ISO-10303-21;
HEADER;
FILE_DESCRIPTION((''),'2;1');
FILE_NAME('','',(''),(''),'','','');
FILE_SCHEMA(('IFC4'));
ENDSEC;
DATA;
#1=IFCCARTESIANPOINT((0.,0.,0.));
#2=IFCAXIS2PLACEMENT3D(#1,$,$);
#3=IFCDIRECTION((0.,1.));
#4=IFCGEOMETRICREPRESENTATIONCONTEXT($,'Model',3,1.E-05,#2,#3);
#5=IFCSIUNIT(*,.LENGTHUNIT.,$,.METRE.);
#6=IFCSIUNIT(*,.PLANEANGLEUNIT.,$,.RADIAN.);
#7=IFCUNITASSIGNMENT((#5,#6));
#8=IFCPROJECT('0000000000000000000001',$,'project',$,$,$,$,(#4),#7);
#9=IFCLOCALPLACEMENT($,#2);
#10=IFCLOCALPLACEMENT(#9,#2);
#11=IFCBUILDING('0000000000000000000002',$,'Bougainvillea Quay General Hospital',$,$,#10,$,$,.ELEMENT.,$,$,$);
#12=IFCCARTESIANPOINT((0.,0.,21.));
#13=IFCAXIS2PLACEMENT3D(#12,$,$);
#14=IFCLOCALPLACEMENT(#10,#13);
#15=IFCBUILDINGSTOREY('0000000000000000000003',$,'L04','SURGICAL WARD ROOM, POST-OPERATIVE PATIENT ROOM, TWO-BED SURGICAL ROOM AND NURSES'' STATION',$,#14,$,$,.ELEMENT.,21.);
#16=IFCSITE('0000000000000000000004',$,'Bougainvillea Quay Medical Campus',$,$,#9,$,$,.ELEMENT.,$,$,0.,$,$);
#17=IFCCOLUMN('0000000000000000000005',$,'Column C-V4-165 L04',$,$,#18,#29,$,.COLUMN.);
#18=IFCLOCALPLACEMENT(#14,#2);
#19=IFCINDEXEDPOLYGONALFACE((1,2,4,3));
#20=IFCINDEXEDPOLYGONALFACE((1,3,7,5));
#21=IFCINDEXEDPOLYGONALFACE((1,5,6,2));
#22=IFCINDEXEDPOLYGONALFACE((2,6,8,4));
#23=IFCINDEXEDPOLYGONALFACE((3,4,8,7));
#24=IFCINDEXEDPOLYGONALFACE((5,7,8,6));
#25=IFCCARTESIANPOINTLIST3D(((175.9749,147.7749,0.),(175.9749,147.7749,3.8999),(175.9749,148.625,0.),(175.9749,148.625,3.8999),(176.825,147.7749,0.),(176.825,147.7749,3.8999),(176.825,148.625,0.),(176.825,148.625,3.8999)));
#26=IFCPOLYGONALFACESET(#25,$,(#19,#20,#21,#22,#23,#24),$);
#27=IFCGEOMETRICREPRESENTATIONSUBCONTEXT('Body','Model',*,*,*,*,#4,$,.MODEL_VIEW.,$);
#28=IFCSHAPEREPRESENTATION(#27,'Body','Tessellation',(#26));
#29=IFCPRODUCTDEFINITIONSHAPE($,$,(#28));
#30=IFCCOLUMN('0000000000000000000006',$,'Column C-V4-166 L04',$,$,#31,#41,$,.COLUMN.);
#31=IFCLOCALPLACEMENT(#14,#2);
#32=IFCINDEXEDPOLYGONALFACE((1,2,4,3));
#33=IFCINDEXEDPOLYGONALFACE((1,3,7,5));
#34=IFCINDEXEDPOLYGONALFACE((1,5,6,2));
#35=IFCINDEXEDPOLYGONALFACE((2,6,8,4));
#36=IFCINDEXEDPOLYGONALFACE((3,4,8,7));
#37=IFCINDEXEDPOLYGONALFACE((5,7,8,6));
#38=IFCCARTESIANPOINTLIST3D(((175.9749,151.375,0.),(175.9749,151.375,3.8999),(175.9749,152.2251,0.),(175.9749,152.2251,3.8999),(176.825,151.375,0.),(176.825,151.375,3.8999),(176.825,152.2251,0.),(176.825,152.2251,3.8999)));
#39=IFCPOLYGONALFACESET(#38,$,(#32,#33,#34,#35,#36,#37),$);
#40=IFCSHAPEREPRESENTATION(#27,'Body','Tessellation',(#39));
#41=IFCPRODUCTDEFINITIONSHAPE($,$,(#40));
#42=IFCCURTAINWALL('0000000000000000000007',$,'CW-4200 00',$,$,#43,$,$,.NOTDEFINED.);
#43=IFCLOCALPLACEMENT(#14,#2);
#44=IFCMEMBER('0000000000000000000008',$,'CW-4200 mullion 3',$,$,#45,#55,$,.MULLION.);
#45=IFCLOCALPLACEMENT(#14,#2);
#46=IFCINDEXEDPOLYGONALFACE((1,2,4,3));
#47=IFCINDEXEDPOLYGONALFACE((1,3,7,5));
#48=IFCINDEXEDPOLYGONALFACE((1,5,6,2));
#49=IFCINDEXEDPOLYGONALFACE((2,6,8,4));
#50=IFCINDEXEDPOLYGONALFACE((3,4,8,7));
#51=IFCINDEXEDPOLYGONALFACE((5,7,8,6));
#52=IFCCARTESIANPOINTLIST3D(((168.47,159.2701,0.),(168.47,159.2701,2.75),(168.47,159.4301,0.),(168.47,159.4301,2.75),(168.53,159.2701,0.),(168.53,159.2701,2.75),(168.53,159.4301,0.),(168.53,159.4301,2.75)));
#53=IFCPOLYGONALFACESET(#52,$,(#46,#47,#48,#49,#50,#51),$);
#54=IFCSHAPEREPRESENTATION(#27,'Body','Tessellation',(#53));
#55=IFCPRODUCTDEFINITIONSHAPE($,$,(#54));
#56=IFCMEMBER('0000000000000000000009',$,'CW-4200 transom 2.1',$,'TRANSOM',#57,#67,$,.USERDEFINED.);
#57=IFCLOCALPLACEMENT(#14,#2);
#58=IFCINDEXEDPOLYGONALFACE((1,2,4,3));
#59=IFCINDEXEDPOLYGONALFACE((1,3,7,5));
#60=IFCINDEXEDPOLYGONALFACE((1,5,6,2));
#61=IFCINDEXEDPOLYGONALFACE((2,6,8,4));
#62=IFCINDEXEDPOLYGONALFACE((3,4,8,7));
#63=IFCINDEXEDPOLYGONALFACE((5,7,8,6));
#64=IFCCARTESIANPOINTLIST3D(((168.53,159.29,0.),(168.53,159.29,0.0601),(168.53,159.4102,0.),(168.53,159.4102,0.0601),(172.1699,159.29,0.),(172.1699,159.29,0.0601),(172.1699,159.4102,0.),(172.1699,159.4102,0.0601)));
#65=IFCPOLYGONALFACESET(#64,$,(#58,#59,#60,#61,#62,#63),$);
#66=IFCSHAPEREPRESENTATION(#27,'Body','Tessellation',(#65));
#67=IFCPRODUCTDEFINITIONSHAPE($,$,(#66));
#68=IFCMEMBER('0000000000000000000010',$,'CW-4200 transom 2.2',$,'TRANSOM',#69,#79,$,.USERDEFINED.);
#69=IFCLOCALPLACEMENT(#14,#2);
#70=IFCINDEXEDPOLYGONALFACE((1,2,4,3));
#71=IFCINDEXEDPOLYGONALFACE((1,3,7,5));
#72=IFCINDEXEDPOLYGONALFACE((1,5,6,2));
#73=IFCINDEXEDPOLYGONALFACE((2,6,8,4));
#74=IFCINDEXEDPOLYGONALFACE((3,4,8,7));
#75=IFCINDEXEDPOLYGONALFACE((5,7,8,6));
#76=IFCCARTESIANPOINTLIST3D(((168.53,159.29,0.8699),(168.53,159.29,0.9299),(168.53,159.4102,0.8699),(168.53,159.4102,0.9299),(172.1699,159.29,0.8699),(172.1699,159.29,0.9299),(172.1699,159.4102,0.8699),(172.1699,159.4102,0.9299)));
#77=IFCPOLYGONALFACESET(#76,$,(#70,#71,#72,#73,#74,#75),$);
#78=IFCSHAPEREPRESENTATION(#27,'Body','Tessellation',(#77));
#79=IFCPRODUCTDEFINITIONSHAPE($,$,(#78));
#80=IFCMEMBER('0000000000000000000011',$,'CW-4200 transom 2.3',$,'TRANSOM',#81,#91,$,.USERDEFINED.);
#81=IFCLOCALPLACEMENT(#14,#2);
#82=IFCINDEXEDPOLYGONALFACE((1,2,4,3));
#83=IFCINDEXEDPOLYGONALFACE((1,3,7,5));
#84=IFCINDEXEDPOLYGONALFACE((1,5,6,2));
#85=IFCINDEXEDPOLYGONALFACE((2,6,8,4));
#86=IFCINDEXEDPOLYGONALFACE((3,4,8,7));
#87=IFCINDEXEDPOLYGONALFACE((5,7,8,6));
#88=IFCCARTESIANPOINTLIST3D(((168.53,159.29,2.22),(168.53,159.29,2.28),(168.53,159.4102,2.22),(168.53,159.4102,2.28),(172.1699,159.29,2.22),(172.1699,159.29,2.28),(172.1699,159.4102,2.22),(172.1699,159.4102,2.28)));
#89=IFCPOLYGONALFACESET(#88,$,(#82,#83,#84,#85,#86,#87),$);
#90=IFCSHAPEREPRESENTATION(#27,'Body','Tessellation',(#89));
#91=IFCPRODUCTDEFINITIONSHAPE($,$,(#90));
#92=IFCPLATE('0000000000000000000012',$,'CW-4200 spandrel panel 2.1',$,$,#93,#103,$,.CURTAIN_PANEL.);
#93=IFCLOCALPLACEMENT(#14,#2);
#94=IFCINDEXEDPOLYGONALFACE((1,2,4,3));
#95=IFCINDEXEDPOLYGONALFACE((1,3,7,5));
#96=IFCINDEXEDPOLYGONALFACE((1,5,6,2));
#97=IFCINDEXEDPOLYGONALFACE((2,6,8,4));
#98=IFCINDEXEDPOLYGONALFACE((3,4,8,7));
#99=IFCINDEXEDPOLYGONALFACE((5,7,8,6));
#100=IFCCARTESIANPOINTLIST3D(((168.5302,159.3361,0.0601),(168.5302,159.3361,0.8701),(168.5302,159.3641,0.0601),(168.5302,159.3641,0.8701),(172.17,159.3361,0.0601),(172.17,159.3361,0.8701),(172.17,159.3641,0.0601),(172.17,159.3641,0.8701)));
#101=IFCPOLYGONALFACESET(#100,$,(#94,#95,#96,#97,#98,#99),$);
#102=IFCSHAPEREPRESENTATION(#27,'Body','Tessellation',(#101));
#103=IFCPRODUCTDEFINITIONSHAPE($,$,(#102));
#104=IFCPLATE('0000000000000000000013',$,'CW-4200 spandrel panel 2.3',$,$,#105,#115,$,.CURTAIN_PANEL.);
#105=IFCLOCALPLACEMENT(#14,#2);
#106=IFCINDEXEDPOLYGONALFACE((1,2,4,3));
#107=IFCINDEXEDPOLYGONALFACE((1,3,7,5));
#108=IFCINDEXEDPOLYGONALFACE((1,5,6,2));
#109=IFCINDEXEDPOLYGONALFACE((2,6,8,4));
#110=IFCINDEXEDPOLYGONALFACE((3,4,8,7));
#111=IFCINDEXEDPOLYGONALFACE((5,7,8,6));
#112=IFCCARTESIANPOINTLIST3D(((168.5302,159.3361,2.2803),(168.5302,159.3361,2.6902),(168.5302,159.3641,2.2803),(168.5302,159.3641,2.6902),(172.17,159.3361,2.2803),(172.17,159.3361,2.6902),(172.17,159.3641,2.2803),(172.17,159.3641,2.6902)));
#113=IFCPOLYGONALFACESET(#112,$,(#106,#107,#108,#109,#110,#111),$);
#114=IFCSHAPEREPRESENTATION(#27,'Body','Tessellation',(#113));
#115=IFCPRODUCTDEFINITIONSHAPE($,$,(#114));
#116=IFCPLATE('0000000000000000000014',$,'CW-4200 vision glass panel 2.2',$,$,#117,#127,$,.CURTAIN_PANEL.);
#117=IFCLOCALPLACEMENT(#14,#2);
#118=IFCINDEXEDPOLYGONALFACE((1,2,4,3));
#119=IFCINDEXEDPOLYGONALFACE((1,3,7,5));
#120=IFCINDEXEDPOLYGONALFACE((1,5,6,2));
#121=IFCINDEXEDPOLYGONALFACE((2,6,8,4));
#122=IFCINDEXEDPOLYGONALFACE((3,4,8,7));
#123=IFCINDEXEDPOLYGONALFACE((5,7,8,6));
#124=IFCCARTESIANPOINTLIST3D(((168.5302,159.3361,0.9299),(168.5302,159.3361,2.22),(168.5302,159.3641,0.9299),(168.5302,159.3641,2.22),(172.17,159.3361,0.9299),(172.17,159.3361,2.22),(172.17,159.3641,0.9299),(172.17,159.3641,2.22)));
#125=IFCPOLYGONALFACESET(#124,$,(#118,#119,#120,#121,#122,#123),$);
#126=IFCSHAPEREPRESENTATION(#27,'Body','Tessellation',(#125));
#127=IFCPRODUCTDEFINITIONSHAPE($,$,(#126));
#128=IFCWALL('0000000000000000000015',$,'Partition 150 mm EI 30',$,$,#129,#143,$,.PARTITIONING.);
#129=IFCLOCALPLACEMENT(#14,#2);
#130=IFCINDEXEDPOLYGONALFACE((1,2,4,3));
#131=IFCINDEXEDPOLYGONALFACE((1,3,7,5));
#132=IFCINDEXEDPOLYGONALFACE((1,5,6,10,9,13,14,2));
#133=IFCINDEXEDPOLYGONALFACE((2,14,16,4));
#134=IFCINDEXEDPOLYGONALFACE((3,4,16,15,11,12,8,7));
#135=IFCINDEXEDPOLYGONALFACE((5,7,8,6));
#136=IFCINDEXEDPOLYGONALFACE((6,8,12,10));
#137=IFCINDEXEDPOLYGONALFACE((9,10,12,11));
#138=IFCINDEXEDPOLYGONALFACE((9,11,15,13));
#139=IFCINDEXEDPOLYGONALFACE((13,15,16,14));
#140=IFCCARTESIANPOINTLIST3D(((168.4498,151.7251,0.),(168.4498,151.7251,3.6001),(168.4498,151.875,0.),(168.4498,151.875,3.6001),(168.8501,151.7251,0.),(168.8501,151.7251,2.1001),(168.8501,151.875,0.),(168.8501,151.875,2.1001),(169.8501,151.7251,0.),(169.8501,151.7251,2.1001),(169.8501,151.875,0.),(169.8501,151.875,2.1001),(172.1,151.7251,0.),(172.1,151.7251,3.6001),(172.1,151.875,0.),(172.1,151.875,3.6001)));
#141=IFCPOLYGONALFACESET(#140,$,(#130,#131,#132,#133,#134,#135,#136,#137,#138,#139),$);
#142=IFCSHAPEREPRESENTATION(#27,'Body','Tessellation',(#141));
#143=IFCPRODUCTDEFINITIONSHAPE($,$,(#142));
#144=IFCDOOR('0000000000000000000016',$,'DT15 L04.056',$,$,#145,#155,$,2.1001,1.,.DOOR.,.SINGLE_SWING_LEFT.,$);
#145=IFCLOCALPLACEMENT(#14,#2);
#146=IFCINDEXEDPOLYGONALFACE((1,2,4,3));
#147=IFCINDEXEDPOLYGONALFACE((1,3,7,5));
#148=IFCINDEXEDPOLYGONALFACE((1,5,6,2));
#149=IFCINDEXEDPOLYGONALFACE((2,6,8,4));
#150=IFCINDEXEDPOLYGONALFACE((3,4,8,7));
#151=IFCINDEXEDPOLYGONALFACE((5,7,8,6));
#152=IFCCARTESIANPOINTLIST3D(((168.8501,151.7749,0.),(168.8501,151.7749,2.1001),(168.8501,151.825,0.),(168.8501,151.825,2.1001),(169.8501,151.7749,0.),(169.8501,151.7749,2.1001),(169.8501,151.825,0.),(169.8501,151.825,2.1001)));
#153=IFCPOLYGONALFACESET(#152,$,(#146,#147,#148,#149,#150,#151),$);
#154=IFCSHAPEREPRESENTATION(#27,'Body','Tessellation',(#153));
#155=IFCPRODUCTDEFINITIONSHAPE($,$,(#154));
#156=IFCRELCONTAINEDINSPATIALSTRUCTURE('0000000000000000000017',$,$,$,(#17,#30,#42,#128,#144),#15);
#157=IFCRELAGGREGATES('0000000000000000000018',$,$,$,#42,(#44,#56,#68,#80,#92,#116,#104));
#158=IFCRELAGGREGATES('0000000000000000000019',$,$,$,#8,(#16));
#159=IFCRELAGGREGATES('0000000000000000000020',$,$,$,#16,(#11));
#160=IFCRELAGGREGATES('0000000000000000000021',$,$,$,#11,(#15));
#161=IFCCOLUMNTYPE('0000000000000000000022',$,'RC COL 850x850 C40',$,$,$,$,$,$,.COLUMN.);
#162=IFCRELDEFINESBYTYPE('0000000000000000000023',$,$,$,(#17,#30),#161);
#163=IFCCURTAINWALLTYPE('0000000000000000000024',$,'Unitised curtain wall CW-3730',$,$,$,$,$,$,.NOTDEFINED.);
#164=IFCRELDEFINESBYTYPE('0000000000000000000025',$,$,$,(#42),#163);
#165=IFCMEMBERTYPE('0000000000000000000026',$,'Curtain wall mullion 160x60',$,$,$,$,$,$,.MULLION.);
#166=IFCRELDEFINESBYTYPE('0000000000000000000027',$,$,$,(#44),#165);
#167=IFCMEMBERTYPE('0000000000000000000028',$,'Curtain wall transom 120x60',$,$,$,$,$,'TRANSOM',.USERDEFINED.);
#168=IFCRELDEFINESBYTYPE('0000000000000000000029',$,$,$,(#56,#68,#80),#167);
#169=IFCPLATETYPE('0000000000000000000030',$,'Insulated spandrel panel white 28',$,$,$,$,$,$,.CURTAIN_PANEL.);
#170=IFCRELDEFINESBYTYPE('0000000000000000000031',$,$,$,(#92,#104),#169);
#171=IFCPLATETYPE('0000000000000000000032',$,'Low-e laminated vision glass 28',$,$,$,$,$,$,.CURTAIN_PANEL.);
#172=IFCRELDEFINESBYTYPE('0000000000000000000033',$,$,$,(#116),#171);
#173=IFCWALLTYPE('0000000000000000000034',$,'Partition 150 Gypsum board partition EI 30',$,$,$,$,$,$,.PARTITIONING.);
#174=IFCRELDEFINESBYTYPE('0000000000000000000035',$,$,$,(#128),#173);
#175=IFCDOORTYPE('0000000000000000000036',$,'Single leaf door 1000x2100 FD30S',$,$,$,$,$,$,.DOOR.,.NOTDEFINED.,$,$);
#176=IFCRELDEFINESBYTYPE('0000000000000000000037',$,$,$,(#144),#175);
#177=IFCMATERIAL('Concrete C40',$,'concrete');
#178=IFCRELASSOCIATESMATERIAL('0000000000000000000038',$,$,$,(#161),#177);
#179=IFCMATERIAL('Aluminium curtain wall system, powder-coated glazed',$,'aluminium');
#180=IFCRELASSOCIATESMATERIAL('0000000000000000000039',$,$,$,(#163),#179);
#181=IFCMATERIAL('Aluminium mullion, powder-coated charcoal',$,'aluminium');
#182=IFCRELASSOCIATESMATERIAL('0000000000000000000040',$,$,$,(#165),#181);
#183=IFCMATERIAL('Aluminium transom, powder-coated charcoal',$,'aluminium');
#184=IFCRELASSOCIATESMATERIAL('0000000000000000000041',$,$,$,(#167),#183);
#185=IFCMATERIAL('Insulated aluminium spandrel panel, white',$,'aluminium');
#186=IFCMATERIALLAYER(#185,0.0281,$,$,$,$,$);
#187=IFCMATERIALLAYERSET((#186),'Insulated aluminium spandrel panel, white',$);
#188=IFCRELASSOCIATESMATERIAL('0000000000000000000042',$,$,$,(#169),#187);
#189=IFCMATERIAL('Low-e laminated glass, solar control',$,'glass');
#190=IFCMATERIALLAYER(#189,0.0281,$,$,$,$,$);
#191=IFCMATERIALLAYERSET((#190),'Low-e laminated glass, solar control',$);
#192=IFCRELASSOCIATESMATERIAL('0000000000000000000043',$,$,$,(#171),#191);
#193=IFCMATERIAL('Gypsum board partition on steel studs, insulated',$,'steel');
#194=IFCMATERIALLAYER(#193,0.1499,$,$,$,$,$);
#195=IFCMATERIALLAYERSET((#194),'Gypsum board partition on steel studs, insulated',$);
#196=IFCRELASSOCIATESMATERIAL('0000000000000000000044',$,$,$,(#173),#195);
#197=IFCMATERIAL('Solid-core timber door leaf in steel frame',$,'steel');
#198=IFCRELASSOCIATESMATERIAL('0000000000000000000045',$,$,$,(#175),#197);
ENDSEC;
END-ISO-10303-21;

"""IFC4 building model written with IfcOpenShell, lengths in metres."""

from ifc_helpers import new_model, si_unit, direction, frame, frame_2d, origin, origin_2d, place, context, subcontext, project, spatial, rectangle, extrude, material, layer, layer_set, material_profile, profile_set, type_object, element, fill, aggregate, save


model = new_model("IFC4")

# Units and contexts
model_context = context("Model", 3, precision=1e-05, world=origin(), true_north=direction((0.0, 1.0)))
body_context = subcontext(model_context, "Body", "Model", "MODEL_VIEW")
ifc_project = project(units=[si_unit("LENGTHUNIT", "METRE"), si_unit("PLANEANGLEUNIT", "RADIAN")], contexts=[model_context])

# Site, building, storey
site_placement = place(None, origin())
site = spatial("IfcSite", under=ifc_project, at=site_placement, Name="Bougainvillea Quay Medical Campus", CompositionType="ELEMENT", RefElevation=0.0)
building_placement = place(site_placement, origin())
building = spatial("IfcBuilding", under=site, at=building_placement, Name="Bougainvillea Quay General Hospital", CompositionType="ELEMENT")
storey_placement = place(building_placement, frame((0.0, 0.0, 21.0)))
storey = spatial("IfcBuildingStorey", under=building, at=storey_placement, Name="L04", Description="SURGICAL WARD ROOM, POST-OPERATIVE PATIENT ROOM, TWO-BED SURGICAL ROOM AND NURSES' STATION", CompositionType="ELEMENT", Elevation=21.0)

# Columns
ifc_material_1 = material(Name="Concrete C40", Category="concrete")
ifc_material_profile_1 = material_profile(ifc_material_1, rectangle(XDim=0.8501, YDim=0.8501, at=origin_2d()))
ifc_profile_set_1 = profile_set([ifc_material_profile_1], Name="Concrete C40")
column_type = type_object("IfcColumnType", Name="RC COL 850x850 C40", PredefinedType="COLUMN", material=ifc_profile_set_1)
for number, where, z_axis, x_axis, name in (
    (1, (176.3999, 148.2, 0.0), (0.0, 0.0, 1.0), (1.0, 0.0, 0.0), "Column C-V4-165 L04"),
    (2, (176.3999, 151.8, 0.0), (0.0, 0.0, 1.0), (1.0, 0.0, 0.0), "Column C-V4-166 L04"),
):
    element("IfcColumn", number, at=place(storey_placement, frame(where, z_axis=z_axis, x_axis=x_axis)), inside=storey, type_object=column_type, Name=name, PredefinedType="COLUMN", context=body_context, shape_type="SweptSolid", body=[
        extrude(rectangle(XDim=0.8501, YDim=0.8501, at=origin_2d()), origin(), (0.0, 0.0, 1.0), 3.8999),
    ])

# Curtain wall, members, plates
ifc_material_2 = material(Name="Aluminium curtain wall system, powder-coated glazed", Category="aluminium")
curtain_wall_type = type_object("IfcCurtainWallType", Name="Unitised curtain wall CW-3730", PredefinedType="NOTDEFINED", material=ifc_material_2)
curtain_wall_placement = place(storey_placement, origin())
curtain_wall = element("IfcCurtainWall", 3, at=curtain_wall_placement, inside=storey, type_object=curtain_wall_type, Name="CW-4200 00", PredefinedType="NOTDEFINED")
ifc_material_3 = material(Name="Aluminium mullion, powder-coated charcoal", Category="aluminium")
ifc_material_profile_2 = material_profile(ifc_material_3, rectangle(XDim=0.1599, YDim=0.0601, at=origin_2d()))
ifc_profile_set_2 = profile_set([ifc_material_profile_2], Name="Aluminium mullion, powder-coated charcoal")
member_type_1 = type_object("IfcMemberType", Name="Curtain wall mullion 160x60", PredefinedType="MULLION", material=ifc_profile_set_2)
member_1_placement = place(storey_placement, frame((168.5, 159.3501, 0.0), z_axis=(0.0, 0.0, 1.0), x_axis=(0.0, -1.0, 0.0)))
member_1 = element("IfcMember", 4, at=member_1_placement, type_object=member_type_1, Name="CW-4200 mullion 3", PredefinedType="MULLION", context=body_context, shape_type="SweptSolid", body=[
    extrude(rectangle(XDim=0.1599, YDim=0.0601, at=origin_2d()), origin(), (0.0, 0.0, 1.0), 2.75),
])
ifc_material_4 = material(Name="Aluminium transom, powder-coated charcoal", Category="aluminium")
ifc_material_profile_3 = material_profile(ifc_material_4, rectangle(XDim=0.1201, YDim=0.0601, at=origin_2d()))
ifc_profile_set_3 = profile_set([ifc_material_profile_3], Name="Aluminium transom, powder-coated charcoal")
member_type_2 = type_object("IfcMemberType", Name="Curtain wall transom 120x60", ElementType="TRANSOM", PredefinedType="USERDEFINED", material=ifc_profile_set_3)
member_2_placement = place(storey_placement, frame((172.1699, 159.3501, 0.03), z_axis=(-1.0, 0.0, 0.0), x_axis=(0.0, -1.0, 0.0)))
member_2 = element("IfcMember", 5, at=member_2_placement, type_object=member_type_2, Name="CW-4200 transom 2.1", ObjectType="TRANSOM", PredefinedType="USERDEFINED", context=body_context, shape_type="SweptSolid", body=[
    extrude(rectangle(XDim=0.1201, YDim=0.0601, at=origin_2d()), origin(), (0.0, 0.0, 1.0), 3.6399),
])
member_3_placement = place(storey_placement, frame((172.1699, 159.3501, 0.8999), z_axis=(-1.0, 0.0, 0.0), x_axis=(0.0, -1.0, 0.0)))
member_3 = element("IfcMember", 6, at=member_3_placement, type_object=member_type_2, Name="CW-4200 transom 2.2", ObjectType="TRANSOM", PredefinedType="USERDEFINED", context=body_context, shape_type="SweptSolid", body=[
    extrude(rectangle(XDim=0.1201, YDim=0.0601, at=origin_2d()), origin(), (0.0, 0.0, 1.0), 3.6399),
])
member_4_placement = place(storey_placement, frame((172.1699, 159.3501, 2.25), z_axis=(-1.0, 0.0, 0.0), x_axis=(0.0, -1.0, 0.0)))
member_4 = element("IfcMember", 7, at=member_4_placement, type_object=member_type_2, Name="CW-4200 transom 2.3", ObjectType="TRANSOM", PredefinedType="USERDEFINED", context=body_context, shape_type="SweptSolid", body=[
    extrude(rectangle(XDim=0.1201, YDim=0.0601, at=origin_2d()), origin(), (0.0, 0.0, 1.0), 3.6399),
])
ifc_material_5 = material(Name="Insulated aluminium spandrel panel, white", Category="aluminium")
ifc_layer_1 = layer(ifc_material_5, 0.0281)
ifc_layer_set_1 = layer_set([ifc_layer_1], Name="Insulated aluminium spandrel panel, white")
plate_type_1 = type_object("IfcPlateType", Name="Insulated spandrel panel white 28", PredefinedType="CURTAIN_PANEL", material=ifc_layer_set_1)
plate_1_placement = place(storey_placement, frame((170.3501, 159.3501, 0.0601), z_axis=(0.0, 0.0, 1.0), x_axis=(-1.0, 0.0, 0.0)))
plate_1 = element("IfcPlate", 8, at=plate_1_placement, type_object=plate_type_1, Name="CW-4200 spandrel panel 2.1", PredefinedType="CURTAIN_PANEL", context=body_context, shape_type="SweptSolid", body=[
    extrude(rectangle(XDim=3.6399, YDim=0.0281, at=origin_2d()), origin(), (0.0, 0.0, 1.0), 0.8101),
])
plate_2_placement = place(storey_placement, frame((170.3501, 159.3501, 2.2803), z_axis=(0.0, 0.0, 1.0), x_axis=(-1.0, 0.0, 0.0)))
plate_2 = element("IfcPlate", 9, at=plate_2_placement, type_object=plate_type_1, Name="CW-4200 spandrel panel 2.3", PredefinedType="CURTAIN_PANEL", context=body_context, shape_type="SweptSolid", body=[
    extrude(rectangle(XDim=3.6399, YDim=0.0281, at=origin_2d()), origin(), (0.0, 0.0, 1.0), 0.4099),
])
ifc_material_6 = material(Name="Low-e laminated glass, solar control", Category="glass")
ifc_layer_2 = layer(ifc_material_6, 0.0281)
ifc_layer_set_2 = layer_set([ifc_layer_2], Name="Low-e laminated glass, solar control")
plate_type_2 = type_object("IfcPlateType", Name="Low-e laminated vision glass 28", PredefinedType="CURTAIN_PANEL", material=ifc_layer_set_2)
plate_3_placement = place(storey_placement, frame((170.3501, 159.3501, 0.9299), z_axis=(0.0, 0.0, 1.0), x_axis=(-1.0, 0.0, 0.0)))
plate_3 = element("IfcPlate", 10, at=plate_3_placement, type_object=plate_type_2, Name="CW-4200 vision glass panel 2.2", PredefinedType="CURTAIN_PANEL", context=body_context, shape_type="SweptSolid", body=[
    extrude(rectangle(XDim=3.6399, YDim=0.0281, at=origin_2d()), origin(), (0.0, 0.0, 1.0), 1.29),
])
aggregate(curtain_wall, [member_1, member_2, member_3, member_4, plate_1, plate_3, plate_2])

# Wall, opening, door
ifc_material_7 = material(Name="Gypsum board partition on steel studs, insulated", Category="steel")
ifc_layer_3 = layer(ifc_material_7, 0.1499)
ifc_layer_set_3 = layer_set([ifc_layer_3], Name="Gypsum board partition on steel studs, insulated")
wall_type_1 = type_object("IfcWallType", Name="Partition 150 Gypsum board partition EI 30", PredefinedType="PARTITIONING", material=ifc_layer_set_3)
wall_1_placement = place(storey_placement, frame((172.1001, 151.8, 0.0), z_axis=(0.0, 0.0, 1.0), x_axis=(-1.0, 0.0, 0.0)))
wall_1 = element("IfcWall", 11, at=wall_1_placement, inside=storey, type_object=wall_type_1, Name="Partition 150 mm EI 30", PredefinedType="PARTITIONING", context=body_context, shape_type="SweptSolid", body=[
    extrude(rectangle(XDim=3.6501, YDim=0.1499, at=frame_2d((1.8252, 0.0))), origin(), (0.0, 0.0, 1.0), 3.6001),
])
opening_1_placement = place(wall_1_placement, frame((2.25, 0.0, 0.0)))
opening_1 = element("IfcOpeningElement", 12, at=opening_1_placement, cuts=wall_1, PredefinedType="OPENING", context=body_context, shape_type="SweptSolid", body=[
    extrude(rectangle(XDim=1.0, YDim=2.1001, at=frame_2d((0.5, 1.05))), frame((0.0, 0.085, 0.0), z_axis=(0.0, -1.0, 0.0), x_axis=(1.0, 0.0, 0.0)), (0.0, 0.0, 1.0), 0.1699),
])
ifc_material_8 = material(Name="Solid-core timber door leaf in steel frame", Category="steel")
door_type_1 = type_object("IfcDoorType", Name="Single leaf door 1000x2100 FD30S", OperationType="NOTDEFINED", PredefinedType="DOOR", material=ifc_material_8)
door_1_placement = place(opening_1_placement, frame((1.0, 0.0, 0.0), z_axis=(0.0, 0.0, 1.0), x_axis=(-1.0, 0.0, 0.0)))
door_1 = element("IfcDoor", 13, at=door_1_placement, inside=storey, type_object=door_type_1, Name="DT15 L04.056", OperationType="SINGLE_SWING_LEFT", OverallHeight=2.1001, OverallWidth=1.0, PredefinedType="DOOR", context=body_context, shape_type="SweptSolid", body=[
    extrude(rectangle(XDim=1.0, YDim=2.1001, at=frame_2d((0.5, 1.05))), frame((0.0, 0.0249, 0.0), z_axis=(0.0, -1.0, 0.0), x_axis=(1.0, 0.0, 0.0)), (0.0, 0.0, 1.0), 0.05),
])
fill(opening_1, door_1)

save(model, "model.ifc")
